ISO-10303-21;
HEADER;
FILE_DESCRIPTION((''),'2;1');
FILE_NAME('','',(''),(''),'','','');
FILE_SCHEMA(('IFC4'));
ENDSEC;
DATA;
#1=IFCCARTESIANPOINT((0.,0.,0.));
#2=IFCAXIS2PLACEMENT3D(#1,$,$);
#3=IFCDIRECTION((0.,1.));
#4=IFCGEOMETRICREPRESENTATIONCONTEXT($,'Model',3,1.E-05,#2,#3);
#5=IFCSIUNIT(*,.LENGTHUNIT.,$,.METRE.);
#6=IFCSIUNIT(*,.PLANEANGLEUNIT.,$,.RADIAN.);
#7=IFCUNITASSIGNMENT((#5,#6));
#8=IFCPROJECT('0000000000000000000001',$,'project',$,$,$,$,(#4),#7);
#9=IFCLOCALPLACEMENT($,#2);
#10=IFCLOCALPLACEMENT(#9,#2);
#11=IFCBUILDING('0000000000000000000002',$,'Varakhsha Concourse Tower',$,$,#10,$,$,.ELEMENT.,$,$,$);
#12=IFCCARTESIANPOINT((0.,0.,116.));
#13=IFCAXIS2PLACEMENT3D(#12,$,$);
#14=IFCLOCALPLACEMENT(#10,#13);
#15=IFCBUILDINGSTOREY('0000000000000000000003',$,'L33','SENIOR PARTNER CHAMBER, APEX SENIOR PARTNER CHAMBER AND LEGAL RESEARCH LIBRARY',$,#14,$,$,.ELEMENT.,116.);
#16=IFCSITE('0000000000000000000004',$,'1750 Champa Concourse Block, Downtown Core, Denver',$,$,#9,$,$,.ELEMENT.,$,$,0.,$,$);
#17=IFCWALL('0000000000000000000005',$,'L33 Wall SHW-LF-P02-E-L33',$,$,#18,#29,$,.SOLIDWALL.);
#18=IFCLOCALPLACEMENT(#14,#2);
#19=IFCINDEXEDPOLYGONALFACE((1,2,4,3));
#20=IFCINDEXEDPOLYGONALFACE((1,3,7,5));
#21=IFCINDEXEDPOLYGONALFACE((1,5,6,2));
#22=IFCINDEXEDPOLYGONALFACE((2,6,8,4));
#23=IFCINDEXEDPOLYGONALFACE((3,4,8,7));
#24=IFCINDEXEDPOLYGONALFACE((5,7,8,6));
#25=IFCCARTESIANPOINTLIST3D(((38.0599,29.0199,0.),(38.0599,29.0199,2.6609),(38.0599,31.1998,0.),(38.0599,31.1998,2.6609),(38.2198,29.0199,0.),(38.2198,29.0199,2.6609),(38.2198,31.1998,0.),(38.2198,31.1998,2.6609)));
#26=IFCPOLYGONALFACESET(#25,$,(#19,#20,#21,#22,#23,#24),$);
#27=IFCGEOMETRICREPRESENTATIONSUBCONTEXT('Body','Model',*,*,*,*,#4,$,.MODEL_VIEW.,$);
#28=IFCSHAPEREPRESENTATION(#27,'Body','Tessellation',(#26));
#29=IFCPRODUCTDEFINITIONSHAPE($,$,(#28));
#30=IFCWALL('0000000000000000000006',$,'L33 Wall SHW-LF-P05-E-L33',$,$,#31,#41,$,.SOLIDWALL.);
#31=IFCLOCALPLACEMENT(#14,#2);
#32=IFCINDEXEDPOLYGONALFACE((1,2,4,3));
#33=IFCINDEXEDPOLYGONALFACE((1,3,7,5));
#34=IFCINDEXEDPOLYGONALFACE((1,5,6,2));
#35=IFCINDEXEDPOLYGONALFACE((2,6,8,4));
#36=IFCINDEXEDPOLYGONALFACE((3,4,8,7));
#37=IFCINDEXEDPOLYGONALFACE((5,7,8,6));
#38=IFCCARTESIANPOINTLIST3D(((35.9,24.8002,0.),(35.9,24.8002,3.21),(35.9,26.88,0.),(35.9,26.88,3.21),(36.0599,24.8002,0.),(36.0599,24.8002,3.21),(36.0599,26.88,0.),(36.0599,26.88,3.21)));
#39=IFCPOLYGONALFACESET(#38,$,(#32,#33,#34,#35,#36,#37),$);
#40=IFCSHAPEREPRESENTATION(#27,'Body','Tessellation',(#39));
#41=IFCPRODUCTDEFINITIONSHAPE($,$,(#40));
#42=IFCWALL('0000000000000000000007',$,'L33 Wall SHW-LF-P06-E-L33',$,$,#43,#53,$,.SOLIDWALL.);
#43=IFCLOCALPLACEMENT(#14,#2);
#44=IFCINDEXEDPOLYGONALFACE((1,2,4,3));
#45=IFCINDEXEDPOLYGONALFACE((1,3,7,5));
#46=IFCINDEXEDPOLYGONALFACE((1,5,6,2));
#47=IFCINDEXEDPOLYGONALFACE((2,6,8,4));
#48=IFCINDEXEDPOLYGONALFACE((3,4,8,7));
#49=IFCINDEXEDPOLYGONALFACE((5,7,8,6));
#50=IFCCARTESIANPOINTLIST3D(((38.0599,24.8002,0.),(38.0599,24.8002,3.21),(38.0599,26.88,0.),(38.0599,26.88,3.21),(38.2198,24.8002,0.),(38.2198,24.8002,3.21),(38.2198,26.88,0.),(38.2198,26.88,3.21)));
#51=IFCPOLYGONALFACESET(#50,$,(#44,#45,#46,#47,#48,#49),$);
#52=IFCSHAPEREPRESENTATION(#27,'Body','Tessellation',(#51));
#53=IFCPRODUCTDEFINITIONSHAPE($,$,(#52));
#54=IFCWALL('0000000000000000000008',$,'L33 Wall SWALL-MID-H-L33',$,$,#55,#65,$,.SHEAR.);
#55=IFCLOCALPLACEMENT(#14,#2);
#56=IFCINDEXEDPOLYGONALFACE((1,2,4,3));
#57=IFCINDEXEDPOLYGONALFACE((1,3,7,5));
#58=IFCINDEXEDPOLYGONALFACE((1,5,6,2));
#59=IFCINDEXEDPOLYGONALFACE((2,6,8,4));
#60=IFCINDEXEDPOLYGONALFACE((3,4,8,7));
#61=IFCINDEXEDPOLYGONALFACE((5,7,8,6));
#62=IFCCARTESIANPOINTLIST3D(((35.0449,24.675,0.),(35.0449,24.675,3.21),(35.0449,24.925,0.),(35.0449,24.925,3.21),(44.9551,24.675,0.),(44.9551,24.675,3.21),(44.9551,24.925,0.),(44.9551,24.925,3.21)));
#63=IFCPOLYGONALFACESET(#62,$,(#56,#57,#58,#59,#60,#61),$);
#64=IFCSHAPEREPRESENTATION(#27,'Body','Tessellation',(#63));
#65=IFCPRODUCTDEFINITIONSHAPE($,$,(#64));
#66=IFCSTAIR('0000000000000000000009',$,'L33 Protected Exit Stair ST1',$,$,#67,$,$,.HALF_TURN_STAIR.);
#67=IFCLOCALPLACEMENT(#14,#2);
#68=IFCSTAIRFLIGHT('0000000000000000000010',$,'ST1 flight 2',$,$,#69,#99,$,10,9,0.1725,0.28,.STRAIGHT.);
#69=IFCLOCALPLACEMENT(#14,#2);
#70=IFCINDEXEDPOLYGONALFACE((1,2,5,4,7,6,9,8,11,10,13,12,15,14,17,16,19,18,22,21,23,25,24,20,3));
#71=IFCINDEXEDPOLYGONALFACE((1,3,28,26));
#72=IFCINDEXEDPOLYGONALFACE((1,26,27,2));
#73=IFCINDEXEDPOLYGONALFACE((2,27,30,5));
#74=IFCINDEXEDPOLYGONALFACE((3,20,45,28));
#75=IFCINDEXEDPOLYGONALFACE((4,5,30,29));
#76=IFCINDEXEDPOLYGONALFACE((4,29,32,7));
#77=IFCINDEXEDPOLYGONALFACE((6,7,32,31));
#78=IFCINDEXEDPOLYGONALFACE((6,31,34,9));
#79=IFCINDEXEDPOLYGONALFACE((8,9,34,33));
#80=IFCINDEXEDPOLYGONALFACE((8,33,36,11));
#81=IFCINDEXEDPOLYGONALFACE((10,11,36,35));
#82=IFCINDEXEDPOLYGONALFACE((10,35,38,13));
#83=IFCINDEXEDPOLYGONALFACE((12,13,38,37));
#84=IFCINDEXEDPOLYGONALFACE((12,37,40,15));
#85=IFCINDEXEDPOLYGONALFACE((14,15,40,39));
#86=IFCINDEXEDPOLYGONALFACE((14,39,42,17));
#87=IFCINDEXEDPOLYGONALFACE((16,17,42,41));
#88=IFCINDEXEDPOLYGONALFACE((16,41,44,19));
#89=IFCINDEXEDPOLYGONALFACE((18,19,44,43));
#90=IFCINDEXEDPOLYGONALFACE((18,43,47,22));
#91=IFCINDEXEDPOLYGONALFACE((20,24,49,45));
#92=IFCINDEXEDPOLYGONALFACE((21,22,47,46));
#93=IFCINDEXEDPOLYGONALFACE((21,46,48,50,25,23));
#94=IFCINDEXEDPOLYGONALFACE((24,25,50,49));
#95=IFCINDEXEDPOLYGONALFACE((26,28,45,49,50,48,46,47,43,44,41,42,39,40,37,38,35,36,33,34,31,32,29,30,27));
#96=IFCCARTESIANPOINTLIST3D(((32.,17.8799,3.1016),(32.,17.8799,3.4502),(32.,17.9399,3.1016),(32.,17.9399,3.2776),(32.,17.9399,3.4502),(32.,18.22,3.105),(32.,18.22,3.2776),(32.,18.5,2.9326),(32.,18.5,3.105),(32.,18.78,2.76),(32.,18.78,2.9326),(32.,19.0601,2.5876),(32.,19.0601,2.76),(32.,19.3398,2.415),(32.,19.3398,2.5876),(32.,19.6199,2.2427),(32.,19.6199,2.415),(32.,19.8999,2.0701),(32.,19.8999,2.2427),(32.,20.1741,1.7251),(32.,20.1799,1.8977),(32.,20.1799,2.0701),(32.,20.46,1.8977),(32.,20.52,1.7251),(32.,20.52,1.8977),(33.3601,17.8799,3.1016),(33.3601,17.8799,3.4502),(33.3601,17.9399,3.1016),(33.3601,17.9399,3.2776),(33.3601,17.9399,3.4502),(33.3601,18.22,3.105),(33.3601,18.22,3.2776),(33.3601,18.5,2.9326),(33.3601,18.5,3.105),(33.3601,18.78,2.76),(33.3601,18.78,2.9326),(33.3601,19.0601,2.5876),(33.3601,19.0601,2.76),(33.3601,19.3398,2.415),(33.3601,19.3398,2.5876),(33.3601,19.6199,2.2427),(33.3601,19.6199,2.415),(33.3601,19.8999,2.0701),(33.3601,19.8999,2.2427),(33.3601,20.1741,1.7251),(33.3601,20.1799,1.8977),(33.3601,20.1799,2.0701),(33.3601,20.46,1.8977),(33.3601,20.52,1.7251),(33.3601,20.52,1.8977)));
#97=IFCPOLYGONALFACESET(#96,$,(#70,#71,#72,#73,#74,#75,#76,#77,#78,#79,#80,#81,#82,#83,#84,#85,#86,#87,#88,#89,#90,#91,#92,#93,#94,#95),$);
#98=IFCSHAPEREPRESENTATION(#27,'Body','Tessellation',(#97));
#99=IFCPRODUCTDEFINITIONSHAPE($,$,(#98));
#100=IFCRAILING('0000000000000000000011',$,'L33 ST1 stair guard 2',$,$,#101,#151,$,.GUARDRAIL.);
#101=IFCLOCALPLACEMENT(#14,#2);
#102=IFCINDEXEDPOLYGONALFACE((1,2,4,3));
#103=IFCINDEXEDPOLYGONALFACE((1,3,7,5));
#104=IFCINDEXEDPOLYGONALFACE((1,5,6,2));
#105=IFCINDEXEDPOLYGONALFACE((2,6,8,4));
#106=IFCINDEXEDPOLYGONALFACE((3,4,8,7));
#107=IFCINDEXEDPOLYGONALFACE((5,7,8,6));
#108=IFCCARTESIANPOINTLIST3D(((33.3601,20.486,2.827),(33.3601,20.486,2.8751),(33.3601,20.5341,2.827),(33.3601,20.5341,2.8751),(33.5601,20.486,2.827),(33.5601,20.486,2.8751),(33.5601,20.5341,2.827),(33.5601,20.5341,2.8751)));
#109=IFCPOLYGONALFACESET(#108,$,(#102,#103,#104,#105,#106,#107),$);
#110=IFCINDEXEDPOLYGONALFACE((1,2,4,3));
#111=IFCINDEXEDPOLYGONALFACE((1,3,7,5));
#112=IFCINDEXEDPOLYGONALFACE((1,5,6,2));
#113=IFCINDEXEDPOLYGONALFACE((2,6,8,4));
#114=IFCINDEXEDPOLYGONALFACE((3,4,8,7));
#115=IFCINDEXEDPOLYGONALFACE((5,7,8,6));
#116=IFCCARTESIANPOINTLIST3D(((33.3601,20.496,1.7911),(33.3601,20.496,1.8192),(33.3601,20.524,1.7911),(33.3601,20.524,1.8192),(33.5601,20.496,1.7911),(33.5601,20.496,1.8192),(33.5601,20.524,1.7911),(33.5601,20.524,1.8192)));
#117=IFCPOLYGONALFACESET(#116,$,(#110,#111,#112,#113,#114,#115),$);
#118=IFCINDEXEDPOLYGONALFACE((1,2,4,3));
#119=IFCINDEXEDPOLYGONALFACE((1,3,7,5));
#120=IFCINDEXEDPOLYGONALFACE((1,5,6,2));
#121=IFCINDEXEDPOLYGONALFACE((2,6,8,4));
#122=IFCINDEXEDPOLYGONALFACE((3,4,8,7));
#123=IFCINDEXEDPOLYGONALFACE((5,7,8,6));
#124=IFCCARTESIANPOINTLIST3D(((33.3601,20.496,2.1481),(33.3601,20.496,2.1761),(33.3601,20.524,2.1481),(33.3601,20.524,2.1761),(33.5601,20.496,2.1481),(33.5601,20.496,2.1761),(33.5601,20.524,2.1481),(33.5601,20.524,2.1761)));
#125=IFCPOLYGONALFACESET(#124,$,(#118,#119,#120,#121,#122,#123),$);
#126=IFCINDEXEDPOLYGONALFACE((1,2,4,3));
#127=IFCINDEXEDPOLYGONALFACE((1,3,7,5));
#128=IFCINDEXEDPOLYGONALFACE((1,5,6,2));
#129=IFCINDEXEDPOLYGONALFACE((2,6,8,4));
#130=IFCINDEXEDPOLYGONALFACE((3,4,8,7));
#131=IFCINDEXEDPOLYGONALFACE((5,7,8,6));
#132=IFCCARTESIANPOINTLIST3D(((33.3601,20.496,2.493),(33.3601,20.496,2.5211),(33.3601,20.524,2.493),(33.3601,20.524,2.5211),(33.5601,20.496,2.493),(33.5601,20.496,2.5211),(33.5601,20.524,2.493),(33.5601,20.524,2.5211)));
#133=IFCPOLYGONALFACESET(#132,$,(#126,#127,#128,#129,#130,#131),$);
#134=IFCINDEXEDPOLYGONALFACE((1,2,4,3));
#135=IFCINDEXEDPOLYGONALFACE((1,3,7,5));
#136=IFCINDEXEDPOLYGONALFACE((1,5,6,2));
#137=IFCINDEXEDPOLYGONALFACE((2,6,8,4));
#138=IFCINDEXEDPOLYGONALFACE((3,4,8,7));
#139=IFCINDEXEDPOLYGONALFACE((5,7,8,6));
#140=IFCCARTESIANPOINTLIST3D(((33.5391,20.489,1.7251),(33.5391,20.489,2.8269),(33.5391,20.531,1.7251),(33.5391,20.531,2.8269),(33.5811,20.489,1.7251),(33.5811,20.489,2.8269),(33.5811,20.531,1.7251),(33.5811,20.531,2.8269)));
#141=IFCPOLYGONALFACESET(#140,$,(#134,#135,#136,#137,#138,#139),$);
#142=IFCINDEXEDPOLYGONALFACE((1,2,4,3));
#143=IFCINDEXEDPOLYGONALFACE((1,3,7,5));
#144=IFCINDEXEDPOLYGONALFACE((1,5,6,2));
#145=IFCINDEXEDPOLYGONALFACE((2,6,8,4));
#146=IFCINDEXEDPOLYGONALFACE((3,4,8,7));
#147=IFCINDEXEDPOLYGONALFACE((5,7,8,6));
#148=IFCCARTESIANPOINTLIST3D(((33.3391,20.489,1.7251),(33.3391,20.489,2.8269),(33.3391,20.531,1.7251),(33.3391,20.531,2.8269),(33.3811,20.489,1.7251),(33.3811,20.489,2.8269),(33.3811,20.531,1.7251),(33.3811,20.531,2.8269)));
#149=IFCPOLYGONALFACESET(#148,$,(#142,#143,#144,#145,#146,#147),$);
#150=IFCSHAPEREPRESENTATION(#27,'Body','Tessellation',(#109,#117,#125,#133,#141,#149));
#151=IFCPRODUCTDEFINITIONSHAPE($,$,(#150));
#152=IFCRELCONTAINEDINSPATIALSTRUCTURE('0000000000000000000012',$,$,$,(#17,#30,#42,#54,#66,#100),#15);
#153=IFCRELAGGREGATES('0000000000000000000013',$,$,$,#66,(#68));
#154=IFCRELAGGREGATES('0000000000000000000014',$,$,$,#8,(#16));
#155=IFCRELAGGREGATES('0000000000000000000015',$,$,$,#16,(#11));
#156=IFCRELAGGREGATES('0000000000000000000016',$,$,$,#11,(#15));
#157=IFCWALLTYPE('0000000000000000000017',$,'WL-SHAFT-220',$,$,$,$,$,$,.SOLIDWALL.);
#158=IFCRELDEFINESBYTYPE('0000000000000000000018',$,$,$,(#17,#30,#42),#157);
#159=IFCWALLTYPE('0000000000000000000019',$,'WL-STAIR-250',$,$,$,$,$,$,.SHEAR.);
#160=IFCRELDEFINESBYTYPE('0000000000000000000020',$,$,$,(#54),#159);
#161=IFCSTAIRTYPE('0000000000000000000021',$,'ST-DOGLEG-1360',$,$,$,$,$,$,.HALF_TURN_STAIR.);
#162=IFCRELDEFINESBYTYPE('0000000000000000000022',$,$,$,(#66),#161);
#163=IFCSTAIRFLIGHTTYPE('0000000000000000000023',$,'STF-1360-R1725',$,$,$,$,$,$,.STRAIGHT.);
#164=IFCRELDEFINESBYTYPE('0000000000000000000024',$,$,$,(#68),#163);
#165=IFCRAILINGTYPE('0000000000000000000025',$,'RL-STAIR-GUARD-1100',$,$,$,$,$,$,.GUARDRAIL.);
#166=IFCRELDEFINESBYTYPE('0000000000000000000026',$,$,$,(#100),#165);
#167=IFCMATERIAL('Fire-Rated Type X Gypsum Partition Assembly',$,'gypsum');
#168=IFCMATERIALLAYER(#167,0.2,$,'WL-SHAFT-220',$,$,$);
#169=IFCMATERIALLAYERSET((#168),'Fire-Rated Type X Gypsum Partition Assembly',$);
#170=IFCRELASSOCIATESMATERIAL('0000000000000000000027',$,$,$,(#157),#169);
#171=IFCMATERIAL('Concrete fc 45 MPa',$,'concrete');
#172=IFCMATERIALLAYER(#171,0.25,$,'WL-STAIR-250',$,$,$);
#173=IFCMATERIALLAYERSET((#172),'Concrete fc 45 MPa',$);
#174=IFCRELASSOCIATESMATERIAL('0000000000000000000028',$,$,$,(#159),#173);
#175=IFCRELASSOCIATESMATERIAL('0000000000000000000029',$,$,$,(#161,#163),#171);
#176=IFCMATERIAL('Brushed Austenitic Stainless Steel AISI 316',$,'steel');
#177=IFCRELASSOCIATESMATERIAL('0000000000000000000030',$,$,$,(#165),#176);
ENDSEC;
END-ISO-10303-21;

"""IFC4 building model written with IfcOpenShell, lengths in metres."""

from ifc_helpers import new_model, si_unit, direction, frame, frame_2d, origin, origin_2d, place, context, subcontext, project, spatial, polyline, rectangle, outline, extrude, material, layer, layer_set, type_object, element, aggregate, save


model = new_model("IFC4")

# Units and contexts
model_context = context("Model", 3, precision=1e-05, world=origin(), true_north=direction((0.0, 1.0)))
body_context = subcontext(model_context, "Body", "Model", "MODEL_VIEW")
ifc_project = project(units=[si_unit("LENGTHUNIT", "METRE"), si_unit("PLANEANGLEUNIT", "RADIAN")], contexts=[model_context])

# Site, building, storey
site_placement = place(None, origin())
site = spatial("IfcSite", under=ifc_project, at=site_placement, Name="1750 Champa Concourse Block, Downtown Core, Denver", CompositionType="ELEMENT", RefElevation=0.0)
building_placement = place(site_placement, origin())
building = spatial("IfcBuilding", under=site, at=building_placement, Name="Varakhsha Concourse Tower", CompositionType="ELEMENT")
storey_placement = place(building_placement, frame((0.0, 0.0, 116.0)))
storey = spatial("IfcBuildingStorey", under=building, at=storey_placement, Name="L33", Description="SENIOR PARTNER CHAMBER, APEX SENIOR PARTNER CHAMBER AND LEGAL RESEARCH LIBRARY", CompositionType="ELEMENT", Elevation=116.0)

# Shared definitions
ifc_material_1 = material(Name="Fire-Rated Type X Gypsum Partition Assembly", Category="gypsum")
ifc_layer_1 = layer(ifc_material_1, 0.2, Name="WL-SHAFT-220")
ifc_layer_set_1 = layer_set([ifc_layer_1], Name="Fire-Rated Type X Gypsum Partition Assembly")
wall_type_1 = type_object("IfcWallType", Name="WL-SHAFT-220", PredefinedType="SOLIDWALL", material=ifc_layer_set_1)
ifc_material_2 = material(Name="Brushed Austenitic Stainless Steel AISI 316", Category="steel")

# Walls
for number, where, z_axis, x_axis, name in (
    (1, (38.1399, 29.02, 0.0), (0.0, 0.0, 1.0), (0.0, 1.0, 0.0), "L33 Wall SHW-LF-P02-E-L33"),
):
    element("IfcWall", number, at=place(storey_placement, frame(where, z_axis=z_axis, x_axis=x_axis)), inside=storey, type_object=wall_type_1, Name=name, PredefinedType="SOLIDWALL", context=body_context, shape_type="SweptSolid", body=[
        extrude(rectangle(XDim=2.1799, YDim=0.1599, at=frame_2d((1.0898, 0.0))), origin(), (0.0, 0.0, 1.0), 2.6609),
    ])
for number, where, z_axis, x_axis, name in (
    (2, (35.98, 24.8, 0.0), (0.0, 0.0, 1.0), (0.0, 1.0, 0.0), "L33 Wall SHW-LF-P05-E-L33"),
    (3, (38.1399, 24.8, 0.0), (0.0, 0.0, 1.0), (0.0, 1.0, 0.0), "L33 Wall SHW-LF-P06-E-L33"),
):
    element("IfcWall", number, at=place(storey_placement, frame(where, z_axis=z_axis, x_axis=x_axis)), inside=storey, type_object=wall_type_1, Name=name, PredefinedType="SOLIDWALL", context=body_context, shape_type="SweptSolid", body=[
        extrude(rectangle(XDim=2.0798, YDim=0.1599, at=frame_2d((1.04, 0.0))), origin(), (0.0, 0.0, 1.0), 3.21),
    ])
ifc_material_3 = material(Name="Concrete fc 45 MPa", Category="concrete")
ifc_layer_2 = layer(ifc_material_3, 0.25, Name="WL-STAIR-250")
ifc_layer_set_2 = layer_set([ifc_layer_2], Name="Concrete fc 45 MPa")
wall_type_2 = type_object("IfcWallType", Name="WL-STAIR-250", PredefinedType="SHEAR", material=ifc_layer_set_2)
wall_1_placement = place(storey_placement, frame((35.0449, 24.8, 0.0), z_axis=(0.0, 0.0, 1.0), x_axis=(1.0, 0.0, 0.0)))
element("IfcWall", 4, at=wall_1_placement, inside=storey, type_object=wall_type_2, Name="L33 Wall SWALL-MID-H-L33", PredefinedType="SHEAR", context=body_context, shape_type="SweptSolid", body=[
    extrude(rectangle(XDim=9.9102, YDim=0.25, at=frame_2d((4.9551, 0.0))), origin(), (0.0, 0.0, 1.0), 3.21),
])

# Stair, stair flight
stair_type = type_object("IfcStairType", Name="ST-DOGLEG-1360", PredefinedType="HALF_TURN_STAIR", material=ifc_material_3)
stair_placement = place(storey_placement, origin())
stair = element("IfcStair", 5, at=stair_placement, inside=storey, type_object=stair_type, Name="L33 Protected Exit Stair ST1", PredefinedType="HALF_TURN_STAIR")
stair_flight_type = type_object("IfcStairFlightType", Name="STF-1360-R1725", PredefinedType="STRAIGHT", material=ifc_material_3)
stair_flight_placement = place(storey_placement, frame((32.6799, 20.46, 1.7251), z_axis=(0.0, 0.0, 1.0), x_axis=(0.0, -1.0, 0.0)))
stair_flight = element("IfcStairFlight", 6, at=stair_flight_placement, type_object=stair_flight_type, Name="ST1 flight 2", NumberOfRisers=10, NumberOfTreads=9, PredefinedType="STRAIGHT", RiserHeight=0.1725, TreadLength=0.28, context=body_context, shape_type="SweptSolid", body=[
    extrude(outline(polyline([(-0.0601, 0.0), (-0.0601, 0.1726), (0.0, 0.1726), (0.28, 0.1726), (0.28, 0.345), (0.5601, 0.345), (0.5601, 0.5176), (0.8401, 0.5176), (0.8401, 0.6899), (1.1201, 0.6899), (1.1201, 0.8625), (1.3999, 0.8625), (1.3999, 1.0349), (1.6799, 1.0349), (1.6799, 1.2075), (1.96, 1.2075), (1.96, 1.3799), (2.24, 1.3799), (2.24, 1.5525), (2.52, 1.5525), (2.52, 1.7251), (2.5801, 1.7251), (2.5801, 1.3765), (2.52, 1.3765), (0.2859, 0.0), (-0.0601, 0.0)])), frame((0.0, 0.6802, 0.0), z_axis=(0.0, -1.0, 0.0), x_axis=(1.0, 0.0, 0.0)), (0.0, 0.0, 1.0), 1.3601),
])
aggregate(stair, [stair_flight])

# Railing
railing_type = type_object("IfcRailingType", Name="RL-STAIR-GUARD-1100", PredefinedType="GUARDRAIL", material=ifc_material_2)
railing_1_placement = place(storey_placement, frame((33.5601, 20.51, 1.7251)))
element("IfcRailing", 7, at=railing_1_placement, inside=storey, type_object=railing_type, Name="L33 ST1 stair guard 2", PredefinedType="GUARDRAIL", context=body_context, shape_type="SweptSolid", body=[
    extrude(rectangle(XDim=0.0481, YDim=0.0481, at=origin_2d()), frame((0.0, 0.0, 1.126), z_axis=(-1.0, 0.0, 0.0), x_axis=(0.0, -1.0, 0.0)), (0.0, 0.0, 1.0), 0.2),
    extrude(rectangle(XDim=0.0281, YDim=0.0281, at=origin_2d()), frame((0.0, 0.0, 0.0801), z_axis=(-1.0, 0.0, 0.0), x_axis=(0.0, -1.0, 0.0)), (0.0, 0.0, 1.0), 0.2),
    extrude(rectangle(XDim=0.0281, YDim=0.0281, at=origin_2d()), frame((0.0, 0.0, 0.437), z_axis=(-1.0, 0.0, 0.0), x_axis=(0.0, -1.0, 0.0)), (0.0, 0.0, 1.0), 0.2),
    extrude(rectangle(XDim=0.0281, YDim=0.0281, at=origin_2d()), frame((0.0, 0.0, 0.782), z_axis=(-1.0, 0.0, 0.0), x_axis=(0.0, -1.0, 0.0)), (0.0, 0.0, 1.0), 0.2),
    extrude(rectangle(XDim=0.042, YDim=0.042, at=origin_2d()), origin(), (0.0, 0.0, 1.0), 1.1018),
    extrude(rectangle(XDim=0.042, YDim=0.042, at=origin_2d()), frame((-0.2, 0.0, 0.0)), (0.0, 0.0, 1.0), 1.1018),
])

save(model, "model.ifc")
